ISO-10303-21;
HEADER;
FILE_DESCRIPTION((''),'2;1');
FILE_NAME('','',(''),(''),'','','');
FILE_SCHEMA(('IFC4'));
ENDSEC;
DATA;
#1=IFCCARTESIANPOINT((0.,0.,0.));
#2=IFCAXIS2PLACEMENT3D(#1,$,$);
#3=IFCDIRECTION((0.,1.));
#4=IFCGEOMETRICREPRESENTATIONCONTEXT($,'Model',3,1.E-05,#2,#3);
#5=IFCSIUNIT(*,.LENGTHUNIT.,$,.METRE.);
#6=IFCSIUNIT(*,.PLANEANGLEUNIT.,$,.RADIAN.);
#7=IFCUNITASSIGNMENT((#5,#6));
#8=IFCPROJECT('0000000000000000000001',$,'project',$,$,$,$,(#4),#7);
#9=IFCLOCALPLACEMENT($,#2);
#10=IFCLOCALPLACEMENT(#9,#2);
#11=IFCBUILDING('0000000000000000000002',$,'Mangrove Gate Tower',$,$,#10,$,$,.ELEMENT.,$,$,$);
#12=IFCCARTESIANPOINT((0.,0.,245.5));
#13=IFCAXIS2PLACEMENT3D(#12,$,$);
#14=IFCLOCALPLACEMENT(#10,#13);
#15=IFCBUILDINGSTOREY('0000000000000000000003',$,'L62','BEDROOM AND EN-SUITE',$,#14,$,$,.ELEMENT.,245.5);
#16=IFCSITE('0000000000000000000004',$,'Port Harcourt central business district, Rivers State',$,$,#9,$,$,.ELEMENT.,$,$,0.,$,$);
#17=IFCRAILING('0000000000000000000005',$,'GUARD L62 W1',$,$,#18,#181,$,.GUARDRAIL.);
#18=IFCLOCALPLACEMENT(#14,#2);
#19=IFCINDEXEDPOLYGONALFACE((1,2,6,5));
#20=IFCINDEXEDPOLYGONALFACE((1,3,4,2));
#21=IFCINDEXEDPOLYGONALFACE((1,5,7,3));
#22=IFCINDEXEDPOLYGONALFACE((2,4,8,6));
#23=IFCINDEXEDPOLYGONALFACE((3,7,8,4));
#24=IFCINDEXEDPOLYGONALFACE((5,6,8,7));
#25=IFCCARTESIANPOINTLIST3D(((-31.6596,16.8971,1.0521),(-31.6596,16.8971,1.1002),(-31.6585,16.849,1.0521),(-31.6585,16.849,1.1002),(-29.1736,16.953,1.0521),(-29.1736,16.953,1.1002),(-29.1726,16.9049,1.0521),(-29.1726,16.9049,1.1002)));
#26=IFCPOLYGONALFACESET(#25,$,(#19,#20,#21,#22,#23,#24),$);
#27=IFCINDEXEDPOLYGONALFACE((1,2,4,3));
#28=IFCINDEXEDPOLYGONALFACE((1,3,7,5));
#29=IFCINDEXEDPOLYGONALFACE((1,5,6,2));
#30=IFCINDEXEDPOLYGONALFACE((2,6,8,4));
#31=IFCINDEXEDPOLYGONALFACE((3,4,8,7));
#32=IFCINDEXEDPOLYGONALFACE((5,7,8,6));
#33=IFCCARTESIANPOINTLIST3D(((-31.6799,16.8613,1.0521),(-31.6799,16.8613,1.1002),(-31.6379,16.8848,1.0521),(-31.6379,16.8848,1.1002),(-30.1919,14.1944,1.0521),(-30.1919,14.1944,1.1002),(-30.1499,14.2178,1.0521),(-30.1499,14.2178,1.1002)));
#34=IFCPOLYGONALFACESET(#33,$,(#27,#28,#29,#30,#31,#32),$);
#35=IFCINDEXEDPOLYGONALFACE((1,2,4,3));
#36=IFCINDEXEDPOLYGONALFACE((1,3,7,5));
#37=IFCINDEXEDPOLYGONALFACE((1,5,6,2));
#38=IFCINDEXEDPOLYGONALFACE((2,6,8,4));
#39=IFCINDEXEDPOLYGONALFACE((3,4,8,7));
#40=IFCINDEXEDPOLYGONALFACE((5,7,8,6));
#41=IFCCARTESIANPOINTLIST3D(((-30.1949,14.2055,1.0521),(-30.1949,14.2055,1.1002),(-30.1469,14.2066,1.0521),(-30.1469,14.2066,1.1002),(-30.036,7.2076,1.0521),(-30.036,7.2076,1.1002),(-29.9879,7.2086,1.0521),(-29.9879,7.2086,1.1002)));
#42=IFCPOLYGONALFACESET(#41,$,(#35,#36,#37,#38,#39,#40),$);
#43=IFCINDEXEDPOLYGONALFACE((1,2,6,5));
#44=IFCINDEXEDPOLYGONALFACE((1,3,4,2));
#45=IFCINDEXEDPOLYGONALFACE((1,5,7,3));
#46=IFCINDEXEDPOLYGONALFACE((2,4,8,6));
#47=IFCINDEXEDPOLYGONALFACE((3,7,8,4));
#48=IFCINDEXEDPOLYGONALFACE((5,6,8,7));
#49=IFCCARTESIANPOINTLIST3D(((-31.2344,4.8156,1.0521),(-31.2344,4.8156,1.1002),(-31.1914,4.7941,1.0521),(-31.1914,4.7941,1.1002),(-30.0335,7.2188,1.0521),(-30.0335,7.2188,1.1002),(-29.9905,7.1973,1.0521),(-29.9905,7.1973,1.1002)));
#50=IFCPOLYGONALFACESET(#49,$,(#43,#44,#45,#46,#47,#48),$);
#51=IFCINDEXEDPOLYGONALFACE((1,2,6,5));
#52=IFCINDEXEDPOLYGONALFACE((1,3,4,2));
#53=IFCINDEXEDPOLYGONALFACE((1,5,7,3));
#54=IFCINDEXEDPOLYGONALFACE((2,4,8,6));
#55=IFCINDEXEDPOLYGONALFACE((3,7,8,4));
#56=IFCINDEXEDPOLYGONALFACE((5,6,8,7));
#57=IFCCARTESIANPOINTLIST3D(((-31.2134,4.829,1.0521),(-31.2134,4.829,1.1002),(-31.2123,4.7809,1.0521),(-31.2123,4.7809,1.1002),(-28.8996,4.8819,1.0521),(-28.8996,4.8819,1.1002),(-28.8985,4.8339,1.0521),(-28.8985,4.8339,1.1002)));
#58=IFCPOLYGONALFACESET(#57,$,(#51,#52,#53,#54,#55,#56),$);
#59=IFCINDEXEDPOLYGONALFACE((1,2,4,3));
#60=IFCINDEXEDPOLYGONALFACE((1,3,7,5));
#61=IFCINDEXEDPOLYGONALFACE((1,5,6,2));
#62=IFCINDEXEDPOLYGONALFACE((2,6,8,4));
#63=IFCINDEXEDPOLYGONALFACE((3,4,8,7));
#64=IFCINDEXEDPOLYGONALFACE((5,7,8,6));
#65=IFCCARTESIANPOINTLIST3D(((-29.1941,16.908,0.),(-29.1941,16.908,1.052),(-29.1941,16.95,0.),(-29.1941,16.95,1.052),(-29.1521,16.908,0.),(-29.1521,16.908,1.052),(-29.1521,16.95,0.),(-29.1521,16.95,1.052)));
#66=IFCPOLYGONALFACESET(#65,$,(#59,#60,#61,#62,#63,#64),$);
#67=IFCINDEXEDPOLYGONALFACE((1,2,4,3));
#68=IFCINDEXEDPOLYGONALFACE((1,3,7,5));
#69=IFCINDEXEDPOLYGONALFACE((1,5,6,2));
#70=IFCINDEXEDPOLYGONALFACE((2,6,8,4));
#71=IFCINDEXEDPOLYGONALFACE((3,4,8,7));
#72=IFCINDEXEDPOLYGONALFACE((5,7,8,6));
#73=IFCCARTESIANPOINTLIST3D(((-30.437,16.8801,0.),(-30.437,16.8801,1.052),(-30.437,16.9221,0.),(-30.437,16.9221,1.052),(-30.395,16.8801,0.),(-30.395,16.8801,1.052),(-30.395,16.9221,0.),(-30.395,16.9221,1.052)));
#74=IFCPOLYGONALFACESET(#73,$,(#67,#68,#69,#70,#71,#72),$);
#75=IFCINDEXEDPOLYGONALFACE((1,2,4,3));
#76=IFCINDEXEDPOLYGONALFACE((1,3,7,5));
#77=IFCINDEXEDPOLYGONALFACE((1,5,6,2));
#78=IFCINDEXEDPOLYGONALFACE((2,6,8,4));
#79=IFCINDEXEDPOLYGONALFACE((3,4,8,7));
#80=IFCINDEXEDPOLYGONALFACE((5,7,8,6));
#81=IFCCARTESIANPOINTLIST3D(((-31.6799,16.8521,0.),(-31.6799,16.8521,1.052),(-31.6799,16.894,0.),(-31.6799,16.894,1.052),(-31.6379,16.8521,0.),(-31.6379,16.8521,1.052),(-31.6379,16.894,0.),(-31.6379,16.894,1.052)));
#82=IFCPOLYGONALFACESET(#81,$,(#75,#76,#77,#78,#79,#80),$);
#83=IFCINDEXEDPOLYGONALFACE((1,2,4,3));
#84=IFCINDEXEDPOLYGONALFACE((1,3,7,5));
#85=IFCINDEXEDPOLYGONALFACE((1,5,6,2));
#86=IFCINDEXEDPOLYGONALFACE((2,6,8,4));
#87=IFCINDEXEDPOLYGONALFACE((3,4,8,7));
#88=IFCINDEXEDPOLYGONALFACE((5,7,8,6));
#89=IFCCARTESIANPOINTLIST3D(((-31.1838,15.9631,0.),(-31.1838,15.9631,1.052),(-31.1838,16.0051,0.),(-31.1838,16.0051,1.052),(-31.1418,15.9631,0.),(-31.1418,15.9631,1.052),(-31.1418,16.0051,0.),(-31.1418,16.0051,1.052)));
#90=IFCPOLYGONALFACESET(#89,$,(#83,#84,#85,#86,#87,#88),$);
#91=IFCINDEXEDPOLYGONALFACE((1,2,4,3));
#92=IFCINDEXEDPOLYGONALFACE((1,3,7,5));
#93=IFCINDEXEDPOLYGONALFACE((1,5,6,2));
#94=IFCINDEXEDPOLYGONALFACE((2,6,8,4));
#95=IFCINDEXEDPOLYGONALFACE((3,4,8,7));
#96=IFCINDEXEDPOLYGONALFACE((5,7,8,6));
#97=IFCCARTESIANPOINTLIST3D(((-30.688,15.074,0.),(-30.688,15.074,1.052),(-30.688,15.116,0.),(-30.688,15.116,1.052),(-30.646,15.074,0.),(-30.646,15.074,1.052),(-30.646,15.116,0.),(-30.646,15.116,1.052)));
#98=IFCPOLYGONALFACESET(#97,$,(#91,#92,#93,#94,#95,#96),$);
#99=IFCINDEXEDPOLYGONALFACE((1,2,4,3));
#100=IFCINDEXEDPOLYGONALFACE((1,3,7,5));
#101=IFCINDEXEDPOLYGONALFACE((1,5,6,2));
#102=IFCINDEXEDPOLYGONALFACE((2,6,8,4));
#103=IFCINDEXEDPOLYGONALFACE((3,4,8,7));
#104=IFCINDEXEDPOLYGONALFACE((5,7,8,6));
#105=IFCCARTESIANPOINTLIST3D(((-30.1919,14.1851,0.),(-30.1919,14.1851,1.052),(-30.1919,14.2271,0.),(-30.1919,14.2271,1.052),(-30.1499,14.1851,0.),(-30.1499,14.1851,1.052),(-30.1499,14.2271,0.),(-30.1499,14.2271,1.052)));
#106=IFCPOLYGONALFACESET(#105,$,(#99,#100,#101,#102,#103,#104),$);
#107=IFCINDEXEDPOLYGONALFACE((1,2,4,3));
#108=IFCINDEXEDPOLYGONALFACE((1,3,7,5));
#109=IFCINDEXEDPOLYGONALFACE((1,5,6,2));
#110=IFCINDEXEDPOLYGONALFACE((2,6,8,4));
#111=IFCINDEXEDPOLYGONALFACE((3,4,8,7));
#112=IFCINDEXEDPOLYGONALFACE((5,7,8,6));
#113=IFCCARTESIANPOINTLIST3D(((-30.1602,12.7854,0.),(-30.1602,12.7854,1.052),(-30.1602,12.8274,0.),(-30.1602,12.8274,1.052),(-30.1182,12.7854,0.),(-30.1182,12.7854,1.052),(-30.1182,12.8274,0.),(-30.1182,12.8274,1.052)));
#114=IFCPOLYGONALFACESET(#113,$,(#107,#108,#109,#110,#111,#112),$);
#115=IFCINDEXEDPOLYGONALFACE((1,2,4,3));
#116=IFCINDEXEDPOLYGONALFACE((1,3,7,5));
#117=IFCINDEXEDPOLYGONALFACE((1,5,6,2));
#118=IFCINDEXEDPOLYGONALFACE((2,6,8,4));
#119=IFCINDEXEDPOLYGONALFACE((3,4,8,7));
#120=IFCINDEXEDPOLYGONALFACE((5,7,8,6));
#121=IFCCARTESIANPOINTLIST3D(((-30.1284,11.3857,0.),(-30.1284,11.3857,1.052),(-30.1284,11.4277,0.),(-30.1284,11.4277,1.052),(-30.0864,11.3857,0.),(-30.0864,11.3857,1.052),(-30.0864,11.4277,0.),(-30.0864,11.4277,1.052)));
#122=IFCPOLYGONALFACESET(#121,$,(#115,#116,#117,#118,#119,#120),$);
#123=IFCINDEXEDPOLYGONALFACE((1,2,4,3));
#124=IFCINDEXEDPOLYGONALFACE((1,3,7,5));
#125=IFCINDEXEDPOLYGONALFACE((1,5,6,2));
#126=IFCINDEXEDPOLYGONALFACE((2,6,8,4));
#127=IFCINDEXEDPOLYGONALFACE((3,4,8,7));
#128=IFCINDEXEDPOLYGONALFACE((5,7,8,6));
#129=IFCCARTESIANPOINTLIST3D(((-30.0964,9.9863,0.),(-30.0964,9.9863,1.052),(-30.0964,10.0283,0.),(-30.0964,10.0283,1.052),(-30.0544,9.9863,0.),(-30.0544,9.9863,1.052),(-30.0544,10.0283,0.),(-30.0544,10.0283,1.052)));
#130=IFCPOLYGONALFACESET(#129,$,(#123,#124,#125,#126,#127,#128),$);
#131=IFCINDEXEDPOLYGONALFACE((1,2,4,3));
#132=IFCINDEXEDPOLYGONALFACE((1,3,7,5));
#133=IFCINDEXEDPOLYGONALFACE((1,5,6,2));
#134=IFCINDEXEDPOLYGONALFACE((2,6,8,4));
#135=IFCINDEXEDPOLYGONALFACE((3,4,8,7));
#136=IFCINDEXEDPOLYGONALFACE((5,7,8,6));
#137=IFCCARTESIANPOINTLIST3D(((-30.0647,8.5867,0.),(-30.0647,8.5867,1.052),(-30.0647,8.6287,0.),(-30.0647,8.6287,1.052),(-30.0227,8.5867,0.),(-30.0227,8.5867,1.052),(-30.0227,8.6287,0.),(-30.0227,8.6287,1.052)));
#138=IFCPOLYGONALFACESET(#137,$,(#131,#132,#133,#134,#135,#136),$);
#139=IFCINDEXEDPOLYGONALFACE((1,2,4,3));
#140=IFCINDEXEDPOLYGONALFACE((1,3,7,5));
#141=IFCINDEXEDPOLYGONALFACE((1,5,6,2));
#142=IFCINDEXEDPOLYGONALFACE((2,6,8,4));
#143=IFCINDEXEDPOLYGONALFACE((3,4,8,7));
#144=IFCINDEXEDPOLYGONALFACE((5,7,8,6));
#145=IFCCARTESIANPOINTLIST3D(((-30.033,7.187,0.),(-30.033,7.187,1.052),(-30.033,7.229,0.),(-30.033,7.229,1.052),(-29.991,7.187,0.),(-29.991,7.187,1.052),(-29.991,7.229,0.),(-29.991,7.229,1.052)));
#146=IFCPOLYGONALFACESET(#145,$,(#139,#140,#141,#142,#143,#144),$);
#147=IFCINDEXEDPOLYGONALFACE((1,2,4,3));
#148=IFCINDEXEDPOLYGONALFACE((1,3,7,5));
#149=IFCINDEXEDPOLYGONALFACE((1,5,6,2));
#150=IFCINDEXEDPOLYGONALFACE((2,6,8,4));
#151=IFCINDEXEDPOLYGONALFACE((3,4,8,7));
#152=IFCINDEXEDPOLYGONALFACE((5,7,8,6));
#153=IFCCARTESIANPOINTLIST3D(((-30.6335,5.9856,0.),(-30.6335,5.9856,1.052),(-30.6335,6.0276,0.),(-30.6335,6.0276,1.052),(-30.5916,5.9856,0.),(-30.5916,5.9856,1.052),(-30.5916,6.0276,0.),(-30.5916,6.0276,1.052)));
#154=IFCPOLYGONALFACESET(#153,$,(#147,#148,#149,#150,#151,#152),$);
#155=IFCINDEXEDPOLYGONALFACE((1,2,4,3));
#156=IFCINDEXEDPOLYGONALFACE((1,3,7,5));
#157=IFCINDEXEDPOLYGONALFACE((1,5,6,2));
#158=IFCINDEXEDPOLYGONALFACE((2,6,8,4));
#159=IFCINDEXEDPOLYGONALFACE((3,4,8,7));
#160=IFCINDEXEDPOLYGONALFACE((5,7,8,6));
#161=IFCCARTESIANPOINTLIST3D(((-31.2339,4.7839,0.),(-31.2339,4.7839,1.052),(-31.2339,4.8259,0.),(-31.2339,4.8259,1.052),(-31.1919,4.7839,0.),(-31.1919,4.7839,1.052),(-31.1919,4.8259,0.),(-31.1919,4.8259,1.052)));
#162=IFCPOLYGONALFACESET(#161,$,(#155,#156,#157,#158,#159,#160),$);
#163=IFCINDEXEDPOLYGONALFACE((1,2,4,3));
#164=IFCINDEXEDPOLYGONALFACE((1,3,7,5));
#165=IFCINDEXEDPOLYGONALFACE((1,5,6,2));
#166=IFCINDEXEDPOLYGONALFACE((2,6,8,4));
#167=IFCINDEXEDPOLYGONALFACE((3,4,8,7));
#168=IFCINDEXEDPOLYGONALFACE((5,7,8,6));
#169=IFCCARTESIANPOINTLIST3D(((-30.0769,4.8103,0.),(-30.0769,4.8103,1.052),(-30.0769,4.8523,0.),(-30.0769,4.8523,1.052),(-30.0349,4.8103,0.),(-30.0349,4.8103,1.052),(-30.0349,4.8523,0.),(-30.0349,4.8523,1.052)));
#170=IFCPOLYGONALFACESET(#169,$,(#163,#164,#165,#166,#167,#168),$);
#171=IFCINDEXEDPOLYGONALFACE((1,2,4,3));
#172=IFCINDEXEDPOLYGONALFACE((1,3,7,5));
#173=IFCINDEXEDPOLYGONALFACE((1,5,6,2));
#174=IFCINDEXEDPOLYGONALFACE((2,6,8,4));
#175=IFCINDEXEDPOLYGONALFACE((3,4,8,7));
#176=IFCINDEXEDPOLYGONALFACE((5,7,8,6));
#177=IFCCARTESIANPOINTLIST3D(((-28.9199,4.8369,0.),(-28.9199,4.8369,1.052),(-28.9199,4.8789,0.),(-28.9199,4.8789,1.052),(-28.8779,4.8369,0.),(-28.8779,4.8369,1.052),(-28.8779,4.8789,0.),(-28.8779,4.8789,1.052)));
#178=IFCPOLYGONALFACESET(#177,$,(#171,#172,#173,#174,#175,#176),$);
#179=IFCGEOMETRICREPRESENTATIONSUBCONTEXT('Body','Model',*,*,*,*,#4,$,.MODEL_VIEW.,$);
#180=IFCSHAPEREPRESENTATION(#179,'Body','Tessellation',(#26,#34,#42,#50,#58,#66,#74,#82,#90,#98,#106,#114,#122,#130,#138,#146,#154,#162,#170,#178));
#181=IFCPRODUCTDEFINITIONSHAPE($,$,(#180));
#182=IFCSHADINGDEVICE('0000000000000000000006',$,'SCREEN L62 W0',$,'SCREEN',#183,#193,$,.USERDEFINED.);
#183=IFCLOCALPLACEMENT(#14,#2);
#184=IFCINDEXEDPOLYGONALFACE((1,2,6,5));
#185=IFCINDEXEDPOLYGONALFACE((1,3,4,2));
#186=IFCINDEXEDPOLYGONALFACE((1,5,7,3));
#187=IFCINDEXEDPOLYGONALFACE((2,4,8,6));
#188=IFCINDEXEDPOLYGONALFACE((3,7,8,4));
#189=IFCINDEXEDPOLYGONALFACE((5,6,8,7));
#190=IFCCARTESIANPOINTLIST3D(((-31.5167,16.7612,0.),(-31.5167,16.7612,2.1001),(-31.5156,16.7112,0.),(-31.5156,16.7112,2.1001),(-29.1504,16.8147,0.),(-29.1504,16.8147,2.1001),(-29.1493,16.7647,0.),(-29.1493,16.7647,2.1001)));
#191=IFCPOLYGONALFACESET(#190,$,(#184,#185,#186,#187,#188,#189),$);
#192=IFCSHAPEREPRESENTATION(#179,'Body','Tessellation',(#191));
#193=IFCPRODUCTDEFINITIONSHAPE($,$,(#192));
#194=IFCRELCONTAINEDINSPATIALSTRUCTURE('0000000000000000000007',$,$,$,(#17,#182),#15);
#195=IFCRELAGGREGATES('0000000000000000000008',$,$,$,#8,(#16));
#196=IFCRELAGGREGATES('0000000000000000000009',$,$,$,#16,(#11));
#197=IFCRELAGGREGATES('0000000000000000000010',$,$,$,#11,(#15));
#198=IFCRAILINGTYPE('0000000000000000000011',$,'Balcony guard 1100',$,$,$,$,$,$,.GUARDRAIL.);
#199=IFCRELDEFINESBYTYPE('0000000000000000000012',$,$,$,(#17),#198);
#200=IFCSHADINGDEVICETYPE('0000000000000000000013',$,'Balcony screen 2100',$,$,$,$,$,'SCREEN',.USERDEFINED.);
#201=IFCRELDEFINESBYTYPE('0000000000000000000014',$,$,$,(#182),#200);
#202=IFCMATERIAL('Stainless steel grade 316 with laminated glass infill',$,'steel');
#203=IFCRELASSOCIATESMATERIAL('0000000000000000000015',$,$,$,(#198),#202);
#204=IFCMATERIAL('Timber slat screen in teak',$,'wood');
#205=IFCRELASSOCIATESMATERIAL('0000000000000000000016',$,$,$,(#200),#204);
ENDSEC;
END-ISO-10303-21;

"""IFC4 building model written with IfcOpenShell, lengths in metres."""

from ifc_helpers import new_model, si_unit, direction, frame, origin, origin_2d, place, context, subcontext, project, spatial, rectangle, extrude, material, type_object, element, save


model = new_model("IFC4")

# Units and contexts
model_context = context("Model", 3, precision=1e-05, world=origin(), true_north=direction((0.0, 1.0)))
body_context = subcontext(model_context, "Body", "Model", "MODEL_VIEW")
ifc_project = project(units=[si_unit("LENGTHUNIT", "METRE"), si_unit("PLANEANGLEUNIT", "RADIAN")], contexts=[model_context])

# Site, building, storey
site_placement = place(None, origin())
site = spatial("IfcSite", under=ifc_project, at=site_placement, Name="Port Harcourt central business district, Rivers State", CompositionType="ELEMENT", RefElevation=0.0)
building_placement = place(site_placement, origin())
building = spatial("IfcBuilding", under=site, at=building_placement, Name="Mangrove Gate Tower", CompositionType="ELEMENT")
storey_placement = place(building_placement, frame((0.0, 0.0, 245.5)))
storey = spatial("IfcBuildingStorey", under=building, at=storey_placement, Name="L62", Description="BEDROOM AND EN-SUITE", CompositionType="ELEMENT", Elevation=245.5)

# Railing
ifc_material_1 = material(Name="Stainless steel grade 316 with laminated glass infill", Category="steel")
railing_type = type_object("IfcRailingType", Name="Balcony guard 1100", PredefinedType="GUARDRAIL", material=ifc_material_1)
railing_placement = place(storey_placement, frame((-29.1731, 16.929, 0.0)))
element("IfcRailing", 1, at=railing_placement, inside=storey, type_object=railing_type, Name="GUARD L62 W1", PredefinedType="GUARDRAIL", context=body_context, shape_type="SweptSolid", body=[
    extrude(rectangle(XDim=0.0481, YDim=0.0481, at=origin_2d()), frame((0.0, 0.0, 1.0762), z_axis=(-0.999747, -0.022485, 0.0), x_axis=(0.022485, -0.999747, 0.0)), (0.0, 0.0, 1.0), 2.4866),
    extrude(rectangle(XDim=0.0481, YDim=0.0481, at=origin_2d()), frame((-2.4858, -0.0559, 1.0762), z_axis=(0.487237, -0.87327, 0.0), x_axis=(0.87327, 0.487237, 0.0)), (0.0, 0.0, 1.0), 3.054),
    extrude(rectangle(XDim=0.0481, YDim=0.0481, at=origin_2d()), frame((-0.9978, -2.7229, 1.0762), z_axis=(0.022706, -0.999742, 0.0), x_axis=(0.999742, 0.022706, 0.0)), (0.0, 0.0, 1.0), 6.9998),
    extrude(rectangle(XDim=0.0481, YDim=0.0481, at=origin_2d()), frame((-0.8389, -9.7209, 1.0762), z_axis=(-0.447032, -0.894518, 0.0), x_axis=(0.894518, -0.447032, 0.0)), (0.0, 0.0, 1.0), 2.6865),
    extrude(rectangle(XDim=0.0481, YDim=0.0481, at=origin_2d()), frame((-2.0398, -12.124, 1.0762), z_axis=(0.999738, 0.022889, 0.0), x_axis=(-0.022889, 0.999738, 0.0)), (0.0, 0.0, 1.0), 2.3145),
    extrude(rectangle(XDim=0.042, YDim=0.042, at=origin_2d()), origin(), (0.0, 0.0, 1.0), 1.052),
    extrude(rectangle(XDim=0.042, YDim=0.042, at=origin_2d()), frame((-1.2429, -0.0278, 0.0)), (0.0, 0.0, 1.0), 1.052),
    extrude(rectangle(XDim=0.042, YDim=0.042, at=origin_2d()), frame((-2.4858, -0.0559, 0.0)), (0.0, 0.0, 1.0), 1.052),
    extrude(rectangle(XDim=0.042, YDim=0.042, at=origin_2d()), frame((-1.9897, -0.9448, 0.0)), (0.0, 0.0, 1.0), 1.052),
    extrude(rectangle(XDim=0.042, YDim=0.042, at=origin_2d()), frame((-1.4939, -1.834, 0.0)), (0.0, 0.0, 1.0), 1.052),
    extrude(rectangle(XDim=0.042, YDim=0.042, at=origin_2d()), frame((-0.9978, -2.7229, 0.0)), (0.0, 0.0, 1.0), 1.052),
    extrude(rectangle(XDim=0.042, YDim=0.042, at=origin_2d()), frame((-0.9661, -4.1226, 0.0)), (0.0, 0.0, 1.0), 1.052),
    extrude(rectangle(XDim=0.042, YDim=0.042, at=origin_2d()), frame((-0.9343, -5.5222, 0.0)), (0.0, 0.0, 1.0), 1.052),
    extrude(rectangle(XDim=0.042, YDim=0.042, at=origin_2d()), frame((-0.9023, -6.9216, 0.0)), (0.0, 0.0, 1.0), 1.052),
    extrude(rectangle(XDim=0.042, YDim=0.042, at=origin_2d()), frame((-0.8706, -8.3213, 0.0)), (0.0, 0.0, 1.0), 1.052),
    extrude(rectangle(XDim=0.042, YDim=0.042, at=origin_2d()), frame((-0.8389, -9.7209, 0.0)), (0.0, 0.0, 1.0), 1.052),
    extrude(rectangle(XDim=0.042, YDim=0.042, at=origin_2d()), frame((-1.4395, -10.9224, 0.0)), (0.0, 0.0, 1.0), 1.052),
    extrude(rectangle(XDim=0.042, YDim=0.042, at=origin_2d()), frame((-2.0398, -12.124, 0.0)), (0.0, 0.0, 1.0), 1.052),
    extrude(rectangle(XDim=0.042, YDim=0.042, at=origin_2d()), frame((-0.8828, -12.0977, 0.0)), (0.0, 0.0, 1.0), 1.052),
    extrude(rectangle(XDim=0.042, YDim=0.042, at=origin_2d()), frame((0.2742, -12.071, 0.0)), (0.0, 0.0, 1.0), 1.052),
])

# Shading device
ifc_material_2 = material(Name="Timber slat screen in teak", Category="wood")
shading_device_type = type_object("IfcShadingDeviceType", Name="Balcony screen 2100", ElementType="SCREEN", PredefinedType="USERDEFINED", material=ifc_material_2)
shading_device_placement = place(storey_placement, frame((-30.333, 16.7629, 0.0), z_axis=(0.0, 0.0, 1.0), x_axis=(-0.999745, -0.0226, 0.0)))
element("IfcShadingDevice", 2, at=shading_device_placement, inside=storey, type_object=shading_device_type, Name="SCREEN L62 W0", ObjectType="SCREEN", PredefinedType="USERDEFINED", context=body_context, shape_type="SweptSolid", body=[
    extrude(rectangle(XDim=2.3669, YDim=0.05, at=origin_2d()), origin(), (0.0, 0.0, 1.0), 2.1001),
])

save(model, "model.ifc")
